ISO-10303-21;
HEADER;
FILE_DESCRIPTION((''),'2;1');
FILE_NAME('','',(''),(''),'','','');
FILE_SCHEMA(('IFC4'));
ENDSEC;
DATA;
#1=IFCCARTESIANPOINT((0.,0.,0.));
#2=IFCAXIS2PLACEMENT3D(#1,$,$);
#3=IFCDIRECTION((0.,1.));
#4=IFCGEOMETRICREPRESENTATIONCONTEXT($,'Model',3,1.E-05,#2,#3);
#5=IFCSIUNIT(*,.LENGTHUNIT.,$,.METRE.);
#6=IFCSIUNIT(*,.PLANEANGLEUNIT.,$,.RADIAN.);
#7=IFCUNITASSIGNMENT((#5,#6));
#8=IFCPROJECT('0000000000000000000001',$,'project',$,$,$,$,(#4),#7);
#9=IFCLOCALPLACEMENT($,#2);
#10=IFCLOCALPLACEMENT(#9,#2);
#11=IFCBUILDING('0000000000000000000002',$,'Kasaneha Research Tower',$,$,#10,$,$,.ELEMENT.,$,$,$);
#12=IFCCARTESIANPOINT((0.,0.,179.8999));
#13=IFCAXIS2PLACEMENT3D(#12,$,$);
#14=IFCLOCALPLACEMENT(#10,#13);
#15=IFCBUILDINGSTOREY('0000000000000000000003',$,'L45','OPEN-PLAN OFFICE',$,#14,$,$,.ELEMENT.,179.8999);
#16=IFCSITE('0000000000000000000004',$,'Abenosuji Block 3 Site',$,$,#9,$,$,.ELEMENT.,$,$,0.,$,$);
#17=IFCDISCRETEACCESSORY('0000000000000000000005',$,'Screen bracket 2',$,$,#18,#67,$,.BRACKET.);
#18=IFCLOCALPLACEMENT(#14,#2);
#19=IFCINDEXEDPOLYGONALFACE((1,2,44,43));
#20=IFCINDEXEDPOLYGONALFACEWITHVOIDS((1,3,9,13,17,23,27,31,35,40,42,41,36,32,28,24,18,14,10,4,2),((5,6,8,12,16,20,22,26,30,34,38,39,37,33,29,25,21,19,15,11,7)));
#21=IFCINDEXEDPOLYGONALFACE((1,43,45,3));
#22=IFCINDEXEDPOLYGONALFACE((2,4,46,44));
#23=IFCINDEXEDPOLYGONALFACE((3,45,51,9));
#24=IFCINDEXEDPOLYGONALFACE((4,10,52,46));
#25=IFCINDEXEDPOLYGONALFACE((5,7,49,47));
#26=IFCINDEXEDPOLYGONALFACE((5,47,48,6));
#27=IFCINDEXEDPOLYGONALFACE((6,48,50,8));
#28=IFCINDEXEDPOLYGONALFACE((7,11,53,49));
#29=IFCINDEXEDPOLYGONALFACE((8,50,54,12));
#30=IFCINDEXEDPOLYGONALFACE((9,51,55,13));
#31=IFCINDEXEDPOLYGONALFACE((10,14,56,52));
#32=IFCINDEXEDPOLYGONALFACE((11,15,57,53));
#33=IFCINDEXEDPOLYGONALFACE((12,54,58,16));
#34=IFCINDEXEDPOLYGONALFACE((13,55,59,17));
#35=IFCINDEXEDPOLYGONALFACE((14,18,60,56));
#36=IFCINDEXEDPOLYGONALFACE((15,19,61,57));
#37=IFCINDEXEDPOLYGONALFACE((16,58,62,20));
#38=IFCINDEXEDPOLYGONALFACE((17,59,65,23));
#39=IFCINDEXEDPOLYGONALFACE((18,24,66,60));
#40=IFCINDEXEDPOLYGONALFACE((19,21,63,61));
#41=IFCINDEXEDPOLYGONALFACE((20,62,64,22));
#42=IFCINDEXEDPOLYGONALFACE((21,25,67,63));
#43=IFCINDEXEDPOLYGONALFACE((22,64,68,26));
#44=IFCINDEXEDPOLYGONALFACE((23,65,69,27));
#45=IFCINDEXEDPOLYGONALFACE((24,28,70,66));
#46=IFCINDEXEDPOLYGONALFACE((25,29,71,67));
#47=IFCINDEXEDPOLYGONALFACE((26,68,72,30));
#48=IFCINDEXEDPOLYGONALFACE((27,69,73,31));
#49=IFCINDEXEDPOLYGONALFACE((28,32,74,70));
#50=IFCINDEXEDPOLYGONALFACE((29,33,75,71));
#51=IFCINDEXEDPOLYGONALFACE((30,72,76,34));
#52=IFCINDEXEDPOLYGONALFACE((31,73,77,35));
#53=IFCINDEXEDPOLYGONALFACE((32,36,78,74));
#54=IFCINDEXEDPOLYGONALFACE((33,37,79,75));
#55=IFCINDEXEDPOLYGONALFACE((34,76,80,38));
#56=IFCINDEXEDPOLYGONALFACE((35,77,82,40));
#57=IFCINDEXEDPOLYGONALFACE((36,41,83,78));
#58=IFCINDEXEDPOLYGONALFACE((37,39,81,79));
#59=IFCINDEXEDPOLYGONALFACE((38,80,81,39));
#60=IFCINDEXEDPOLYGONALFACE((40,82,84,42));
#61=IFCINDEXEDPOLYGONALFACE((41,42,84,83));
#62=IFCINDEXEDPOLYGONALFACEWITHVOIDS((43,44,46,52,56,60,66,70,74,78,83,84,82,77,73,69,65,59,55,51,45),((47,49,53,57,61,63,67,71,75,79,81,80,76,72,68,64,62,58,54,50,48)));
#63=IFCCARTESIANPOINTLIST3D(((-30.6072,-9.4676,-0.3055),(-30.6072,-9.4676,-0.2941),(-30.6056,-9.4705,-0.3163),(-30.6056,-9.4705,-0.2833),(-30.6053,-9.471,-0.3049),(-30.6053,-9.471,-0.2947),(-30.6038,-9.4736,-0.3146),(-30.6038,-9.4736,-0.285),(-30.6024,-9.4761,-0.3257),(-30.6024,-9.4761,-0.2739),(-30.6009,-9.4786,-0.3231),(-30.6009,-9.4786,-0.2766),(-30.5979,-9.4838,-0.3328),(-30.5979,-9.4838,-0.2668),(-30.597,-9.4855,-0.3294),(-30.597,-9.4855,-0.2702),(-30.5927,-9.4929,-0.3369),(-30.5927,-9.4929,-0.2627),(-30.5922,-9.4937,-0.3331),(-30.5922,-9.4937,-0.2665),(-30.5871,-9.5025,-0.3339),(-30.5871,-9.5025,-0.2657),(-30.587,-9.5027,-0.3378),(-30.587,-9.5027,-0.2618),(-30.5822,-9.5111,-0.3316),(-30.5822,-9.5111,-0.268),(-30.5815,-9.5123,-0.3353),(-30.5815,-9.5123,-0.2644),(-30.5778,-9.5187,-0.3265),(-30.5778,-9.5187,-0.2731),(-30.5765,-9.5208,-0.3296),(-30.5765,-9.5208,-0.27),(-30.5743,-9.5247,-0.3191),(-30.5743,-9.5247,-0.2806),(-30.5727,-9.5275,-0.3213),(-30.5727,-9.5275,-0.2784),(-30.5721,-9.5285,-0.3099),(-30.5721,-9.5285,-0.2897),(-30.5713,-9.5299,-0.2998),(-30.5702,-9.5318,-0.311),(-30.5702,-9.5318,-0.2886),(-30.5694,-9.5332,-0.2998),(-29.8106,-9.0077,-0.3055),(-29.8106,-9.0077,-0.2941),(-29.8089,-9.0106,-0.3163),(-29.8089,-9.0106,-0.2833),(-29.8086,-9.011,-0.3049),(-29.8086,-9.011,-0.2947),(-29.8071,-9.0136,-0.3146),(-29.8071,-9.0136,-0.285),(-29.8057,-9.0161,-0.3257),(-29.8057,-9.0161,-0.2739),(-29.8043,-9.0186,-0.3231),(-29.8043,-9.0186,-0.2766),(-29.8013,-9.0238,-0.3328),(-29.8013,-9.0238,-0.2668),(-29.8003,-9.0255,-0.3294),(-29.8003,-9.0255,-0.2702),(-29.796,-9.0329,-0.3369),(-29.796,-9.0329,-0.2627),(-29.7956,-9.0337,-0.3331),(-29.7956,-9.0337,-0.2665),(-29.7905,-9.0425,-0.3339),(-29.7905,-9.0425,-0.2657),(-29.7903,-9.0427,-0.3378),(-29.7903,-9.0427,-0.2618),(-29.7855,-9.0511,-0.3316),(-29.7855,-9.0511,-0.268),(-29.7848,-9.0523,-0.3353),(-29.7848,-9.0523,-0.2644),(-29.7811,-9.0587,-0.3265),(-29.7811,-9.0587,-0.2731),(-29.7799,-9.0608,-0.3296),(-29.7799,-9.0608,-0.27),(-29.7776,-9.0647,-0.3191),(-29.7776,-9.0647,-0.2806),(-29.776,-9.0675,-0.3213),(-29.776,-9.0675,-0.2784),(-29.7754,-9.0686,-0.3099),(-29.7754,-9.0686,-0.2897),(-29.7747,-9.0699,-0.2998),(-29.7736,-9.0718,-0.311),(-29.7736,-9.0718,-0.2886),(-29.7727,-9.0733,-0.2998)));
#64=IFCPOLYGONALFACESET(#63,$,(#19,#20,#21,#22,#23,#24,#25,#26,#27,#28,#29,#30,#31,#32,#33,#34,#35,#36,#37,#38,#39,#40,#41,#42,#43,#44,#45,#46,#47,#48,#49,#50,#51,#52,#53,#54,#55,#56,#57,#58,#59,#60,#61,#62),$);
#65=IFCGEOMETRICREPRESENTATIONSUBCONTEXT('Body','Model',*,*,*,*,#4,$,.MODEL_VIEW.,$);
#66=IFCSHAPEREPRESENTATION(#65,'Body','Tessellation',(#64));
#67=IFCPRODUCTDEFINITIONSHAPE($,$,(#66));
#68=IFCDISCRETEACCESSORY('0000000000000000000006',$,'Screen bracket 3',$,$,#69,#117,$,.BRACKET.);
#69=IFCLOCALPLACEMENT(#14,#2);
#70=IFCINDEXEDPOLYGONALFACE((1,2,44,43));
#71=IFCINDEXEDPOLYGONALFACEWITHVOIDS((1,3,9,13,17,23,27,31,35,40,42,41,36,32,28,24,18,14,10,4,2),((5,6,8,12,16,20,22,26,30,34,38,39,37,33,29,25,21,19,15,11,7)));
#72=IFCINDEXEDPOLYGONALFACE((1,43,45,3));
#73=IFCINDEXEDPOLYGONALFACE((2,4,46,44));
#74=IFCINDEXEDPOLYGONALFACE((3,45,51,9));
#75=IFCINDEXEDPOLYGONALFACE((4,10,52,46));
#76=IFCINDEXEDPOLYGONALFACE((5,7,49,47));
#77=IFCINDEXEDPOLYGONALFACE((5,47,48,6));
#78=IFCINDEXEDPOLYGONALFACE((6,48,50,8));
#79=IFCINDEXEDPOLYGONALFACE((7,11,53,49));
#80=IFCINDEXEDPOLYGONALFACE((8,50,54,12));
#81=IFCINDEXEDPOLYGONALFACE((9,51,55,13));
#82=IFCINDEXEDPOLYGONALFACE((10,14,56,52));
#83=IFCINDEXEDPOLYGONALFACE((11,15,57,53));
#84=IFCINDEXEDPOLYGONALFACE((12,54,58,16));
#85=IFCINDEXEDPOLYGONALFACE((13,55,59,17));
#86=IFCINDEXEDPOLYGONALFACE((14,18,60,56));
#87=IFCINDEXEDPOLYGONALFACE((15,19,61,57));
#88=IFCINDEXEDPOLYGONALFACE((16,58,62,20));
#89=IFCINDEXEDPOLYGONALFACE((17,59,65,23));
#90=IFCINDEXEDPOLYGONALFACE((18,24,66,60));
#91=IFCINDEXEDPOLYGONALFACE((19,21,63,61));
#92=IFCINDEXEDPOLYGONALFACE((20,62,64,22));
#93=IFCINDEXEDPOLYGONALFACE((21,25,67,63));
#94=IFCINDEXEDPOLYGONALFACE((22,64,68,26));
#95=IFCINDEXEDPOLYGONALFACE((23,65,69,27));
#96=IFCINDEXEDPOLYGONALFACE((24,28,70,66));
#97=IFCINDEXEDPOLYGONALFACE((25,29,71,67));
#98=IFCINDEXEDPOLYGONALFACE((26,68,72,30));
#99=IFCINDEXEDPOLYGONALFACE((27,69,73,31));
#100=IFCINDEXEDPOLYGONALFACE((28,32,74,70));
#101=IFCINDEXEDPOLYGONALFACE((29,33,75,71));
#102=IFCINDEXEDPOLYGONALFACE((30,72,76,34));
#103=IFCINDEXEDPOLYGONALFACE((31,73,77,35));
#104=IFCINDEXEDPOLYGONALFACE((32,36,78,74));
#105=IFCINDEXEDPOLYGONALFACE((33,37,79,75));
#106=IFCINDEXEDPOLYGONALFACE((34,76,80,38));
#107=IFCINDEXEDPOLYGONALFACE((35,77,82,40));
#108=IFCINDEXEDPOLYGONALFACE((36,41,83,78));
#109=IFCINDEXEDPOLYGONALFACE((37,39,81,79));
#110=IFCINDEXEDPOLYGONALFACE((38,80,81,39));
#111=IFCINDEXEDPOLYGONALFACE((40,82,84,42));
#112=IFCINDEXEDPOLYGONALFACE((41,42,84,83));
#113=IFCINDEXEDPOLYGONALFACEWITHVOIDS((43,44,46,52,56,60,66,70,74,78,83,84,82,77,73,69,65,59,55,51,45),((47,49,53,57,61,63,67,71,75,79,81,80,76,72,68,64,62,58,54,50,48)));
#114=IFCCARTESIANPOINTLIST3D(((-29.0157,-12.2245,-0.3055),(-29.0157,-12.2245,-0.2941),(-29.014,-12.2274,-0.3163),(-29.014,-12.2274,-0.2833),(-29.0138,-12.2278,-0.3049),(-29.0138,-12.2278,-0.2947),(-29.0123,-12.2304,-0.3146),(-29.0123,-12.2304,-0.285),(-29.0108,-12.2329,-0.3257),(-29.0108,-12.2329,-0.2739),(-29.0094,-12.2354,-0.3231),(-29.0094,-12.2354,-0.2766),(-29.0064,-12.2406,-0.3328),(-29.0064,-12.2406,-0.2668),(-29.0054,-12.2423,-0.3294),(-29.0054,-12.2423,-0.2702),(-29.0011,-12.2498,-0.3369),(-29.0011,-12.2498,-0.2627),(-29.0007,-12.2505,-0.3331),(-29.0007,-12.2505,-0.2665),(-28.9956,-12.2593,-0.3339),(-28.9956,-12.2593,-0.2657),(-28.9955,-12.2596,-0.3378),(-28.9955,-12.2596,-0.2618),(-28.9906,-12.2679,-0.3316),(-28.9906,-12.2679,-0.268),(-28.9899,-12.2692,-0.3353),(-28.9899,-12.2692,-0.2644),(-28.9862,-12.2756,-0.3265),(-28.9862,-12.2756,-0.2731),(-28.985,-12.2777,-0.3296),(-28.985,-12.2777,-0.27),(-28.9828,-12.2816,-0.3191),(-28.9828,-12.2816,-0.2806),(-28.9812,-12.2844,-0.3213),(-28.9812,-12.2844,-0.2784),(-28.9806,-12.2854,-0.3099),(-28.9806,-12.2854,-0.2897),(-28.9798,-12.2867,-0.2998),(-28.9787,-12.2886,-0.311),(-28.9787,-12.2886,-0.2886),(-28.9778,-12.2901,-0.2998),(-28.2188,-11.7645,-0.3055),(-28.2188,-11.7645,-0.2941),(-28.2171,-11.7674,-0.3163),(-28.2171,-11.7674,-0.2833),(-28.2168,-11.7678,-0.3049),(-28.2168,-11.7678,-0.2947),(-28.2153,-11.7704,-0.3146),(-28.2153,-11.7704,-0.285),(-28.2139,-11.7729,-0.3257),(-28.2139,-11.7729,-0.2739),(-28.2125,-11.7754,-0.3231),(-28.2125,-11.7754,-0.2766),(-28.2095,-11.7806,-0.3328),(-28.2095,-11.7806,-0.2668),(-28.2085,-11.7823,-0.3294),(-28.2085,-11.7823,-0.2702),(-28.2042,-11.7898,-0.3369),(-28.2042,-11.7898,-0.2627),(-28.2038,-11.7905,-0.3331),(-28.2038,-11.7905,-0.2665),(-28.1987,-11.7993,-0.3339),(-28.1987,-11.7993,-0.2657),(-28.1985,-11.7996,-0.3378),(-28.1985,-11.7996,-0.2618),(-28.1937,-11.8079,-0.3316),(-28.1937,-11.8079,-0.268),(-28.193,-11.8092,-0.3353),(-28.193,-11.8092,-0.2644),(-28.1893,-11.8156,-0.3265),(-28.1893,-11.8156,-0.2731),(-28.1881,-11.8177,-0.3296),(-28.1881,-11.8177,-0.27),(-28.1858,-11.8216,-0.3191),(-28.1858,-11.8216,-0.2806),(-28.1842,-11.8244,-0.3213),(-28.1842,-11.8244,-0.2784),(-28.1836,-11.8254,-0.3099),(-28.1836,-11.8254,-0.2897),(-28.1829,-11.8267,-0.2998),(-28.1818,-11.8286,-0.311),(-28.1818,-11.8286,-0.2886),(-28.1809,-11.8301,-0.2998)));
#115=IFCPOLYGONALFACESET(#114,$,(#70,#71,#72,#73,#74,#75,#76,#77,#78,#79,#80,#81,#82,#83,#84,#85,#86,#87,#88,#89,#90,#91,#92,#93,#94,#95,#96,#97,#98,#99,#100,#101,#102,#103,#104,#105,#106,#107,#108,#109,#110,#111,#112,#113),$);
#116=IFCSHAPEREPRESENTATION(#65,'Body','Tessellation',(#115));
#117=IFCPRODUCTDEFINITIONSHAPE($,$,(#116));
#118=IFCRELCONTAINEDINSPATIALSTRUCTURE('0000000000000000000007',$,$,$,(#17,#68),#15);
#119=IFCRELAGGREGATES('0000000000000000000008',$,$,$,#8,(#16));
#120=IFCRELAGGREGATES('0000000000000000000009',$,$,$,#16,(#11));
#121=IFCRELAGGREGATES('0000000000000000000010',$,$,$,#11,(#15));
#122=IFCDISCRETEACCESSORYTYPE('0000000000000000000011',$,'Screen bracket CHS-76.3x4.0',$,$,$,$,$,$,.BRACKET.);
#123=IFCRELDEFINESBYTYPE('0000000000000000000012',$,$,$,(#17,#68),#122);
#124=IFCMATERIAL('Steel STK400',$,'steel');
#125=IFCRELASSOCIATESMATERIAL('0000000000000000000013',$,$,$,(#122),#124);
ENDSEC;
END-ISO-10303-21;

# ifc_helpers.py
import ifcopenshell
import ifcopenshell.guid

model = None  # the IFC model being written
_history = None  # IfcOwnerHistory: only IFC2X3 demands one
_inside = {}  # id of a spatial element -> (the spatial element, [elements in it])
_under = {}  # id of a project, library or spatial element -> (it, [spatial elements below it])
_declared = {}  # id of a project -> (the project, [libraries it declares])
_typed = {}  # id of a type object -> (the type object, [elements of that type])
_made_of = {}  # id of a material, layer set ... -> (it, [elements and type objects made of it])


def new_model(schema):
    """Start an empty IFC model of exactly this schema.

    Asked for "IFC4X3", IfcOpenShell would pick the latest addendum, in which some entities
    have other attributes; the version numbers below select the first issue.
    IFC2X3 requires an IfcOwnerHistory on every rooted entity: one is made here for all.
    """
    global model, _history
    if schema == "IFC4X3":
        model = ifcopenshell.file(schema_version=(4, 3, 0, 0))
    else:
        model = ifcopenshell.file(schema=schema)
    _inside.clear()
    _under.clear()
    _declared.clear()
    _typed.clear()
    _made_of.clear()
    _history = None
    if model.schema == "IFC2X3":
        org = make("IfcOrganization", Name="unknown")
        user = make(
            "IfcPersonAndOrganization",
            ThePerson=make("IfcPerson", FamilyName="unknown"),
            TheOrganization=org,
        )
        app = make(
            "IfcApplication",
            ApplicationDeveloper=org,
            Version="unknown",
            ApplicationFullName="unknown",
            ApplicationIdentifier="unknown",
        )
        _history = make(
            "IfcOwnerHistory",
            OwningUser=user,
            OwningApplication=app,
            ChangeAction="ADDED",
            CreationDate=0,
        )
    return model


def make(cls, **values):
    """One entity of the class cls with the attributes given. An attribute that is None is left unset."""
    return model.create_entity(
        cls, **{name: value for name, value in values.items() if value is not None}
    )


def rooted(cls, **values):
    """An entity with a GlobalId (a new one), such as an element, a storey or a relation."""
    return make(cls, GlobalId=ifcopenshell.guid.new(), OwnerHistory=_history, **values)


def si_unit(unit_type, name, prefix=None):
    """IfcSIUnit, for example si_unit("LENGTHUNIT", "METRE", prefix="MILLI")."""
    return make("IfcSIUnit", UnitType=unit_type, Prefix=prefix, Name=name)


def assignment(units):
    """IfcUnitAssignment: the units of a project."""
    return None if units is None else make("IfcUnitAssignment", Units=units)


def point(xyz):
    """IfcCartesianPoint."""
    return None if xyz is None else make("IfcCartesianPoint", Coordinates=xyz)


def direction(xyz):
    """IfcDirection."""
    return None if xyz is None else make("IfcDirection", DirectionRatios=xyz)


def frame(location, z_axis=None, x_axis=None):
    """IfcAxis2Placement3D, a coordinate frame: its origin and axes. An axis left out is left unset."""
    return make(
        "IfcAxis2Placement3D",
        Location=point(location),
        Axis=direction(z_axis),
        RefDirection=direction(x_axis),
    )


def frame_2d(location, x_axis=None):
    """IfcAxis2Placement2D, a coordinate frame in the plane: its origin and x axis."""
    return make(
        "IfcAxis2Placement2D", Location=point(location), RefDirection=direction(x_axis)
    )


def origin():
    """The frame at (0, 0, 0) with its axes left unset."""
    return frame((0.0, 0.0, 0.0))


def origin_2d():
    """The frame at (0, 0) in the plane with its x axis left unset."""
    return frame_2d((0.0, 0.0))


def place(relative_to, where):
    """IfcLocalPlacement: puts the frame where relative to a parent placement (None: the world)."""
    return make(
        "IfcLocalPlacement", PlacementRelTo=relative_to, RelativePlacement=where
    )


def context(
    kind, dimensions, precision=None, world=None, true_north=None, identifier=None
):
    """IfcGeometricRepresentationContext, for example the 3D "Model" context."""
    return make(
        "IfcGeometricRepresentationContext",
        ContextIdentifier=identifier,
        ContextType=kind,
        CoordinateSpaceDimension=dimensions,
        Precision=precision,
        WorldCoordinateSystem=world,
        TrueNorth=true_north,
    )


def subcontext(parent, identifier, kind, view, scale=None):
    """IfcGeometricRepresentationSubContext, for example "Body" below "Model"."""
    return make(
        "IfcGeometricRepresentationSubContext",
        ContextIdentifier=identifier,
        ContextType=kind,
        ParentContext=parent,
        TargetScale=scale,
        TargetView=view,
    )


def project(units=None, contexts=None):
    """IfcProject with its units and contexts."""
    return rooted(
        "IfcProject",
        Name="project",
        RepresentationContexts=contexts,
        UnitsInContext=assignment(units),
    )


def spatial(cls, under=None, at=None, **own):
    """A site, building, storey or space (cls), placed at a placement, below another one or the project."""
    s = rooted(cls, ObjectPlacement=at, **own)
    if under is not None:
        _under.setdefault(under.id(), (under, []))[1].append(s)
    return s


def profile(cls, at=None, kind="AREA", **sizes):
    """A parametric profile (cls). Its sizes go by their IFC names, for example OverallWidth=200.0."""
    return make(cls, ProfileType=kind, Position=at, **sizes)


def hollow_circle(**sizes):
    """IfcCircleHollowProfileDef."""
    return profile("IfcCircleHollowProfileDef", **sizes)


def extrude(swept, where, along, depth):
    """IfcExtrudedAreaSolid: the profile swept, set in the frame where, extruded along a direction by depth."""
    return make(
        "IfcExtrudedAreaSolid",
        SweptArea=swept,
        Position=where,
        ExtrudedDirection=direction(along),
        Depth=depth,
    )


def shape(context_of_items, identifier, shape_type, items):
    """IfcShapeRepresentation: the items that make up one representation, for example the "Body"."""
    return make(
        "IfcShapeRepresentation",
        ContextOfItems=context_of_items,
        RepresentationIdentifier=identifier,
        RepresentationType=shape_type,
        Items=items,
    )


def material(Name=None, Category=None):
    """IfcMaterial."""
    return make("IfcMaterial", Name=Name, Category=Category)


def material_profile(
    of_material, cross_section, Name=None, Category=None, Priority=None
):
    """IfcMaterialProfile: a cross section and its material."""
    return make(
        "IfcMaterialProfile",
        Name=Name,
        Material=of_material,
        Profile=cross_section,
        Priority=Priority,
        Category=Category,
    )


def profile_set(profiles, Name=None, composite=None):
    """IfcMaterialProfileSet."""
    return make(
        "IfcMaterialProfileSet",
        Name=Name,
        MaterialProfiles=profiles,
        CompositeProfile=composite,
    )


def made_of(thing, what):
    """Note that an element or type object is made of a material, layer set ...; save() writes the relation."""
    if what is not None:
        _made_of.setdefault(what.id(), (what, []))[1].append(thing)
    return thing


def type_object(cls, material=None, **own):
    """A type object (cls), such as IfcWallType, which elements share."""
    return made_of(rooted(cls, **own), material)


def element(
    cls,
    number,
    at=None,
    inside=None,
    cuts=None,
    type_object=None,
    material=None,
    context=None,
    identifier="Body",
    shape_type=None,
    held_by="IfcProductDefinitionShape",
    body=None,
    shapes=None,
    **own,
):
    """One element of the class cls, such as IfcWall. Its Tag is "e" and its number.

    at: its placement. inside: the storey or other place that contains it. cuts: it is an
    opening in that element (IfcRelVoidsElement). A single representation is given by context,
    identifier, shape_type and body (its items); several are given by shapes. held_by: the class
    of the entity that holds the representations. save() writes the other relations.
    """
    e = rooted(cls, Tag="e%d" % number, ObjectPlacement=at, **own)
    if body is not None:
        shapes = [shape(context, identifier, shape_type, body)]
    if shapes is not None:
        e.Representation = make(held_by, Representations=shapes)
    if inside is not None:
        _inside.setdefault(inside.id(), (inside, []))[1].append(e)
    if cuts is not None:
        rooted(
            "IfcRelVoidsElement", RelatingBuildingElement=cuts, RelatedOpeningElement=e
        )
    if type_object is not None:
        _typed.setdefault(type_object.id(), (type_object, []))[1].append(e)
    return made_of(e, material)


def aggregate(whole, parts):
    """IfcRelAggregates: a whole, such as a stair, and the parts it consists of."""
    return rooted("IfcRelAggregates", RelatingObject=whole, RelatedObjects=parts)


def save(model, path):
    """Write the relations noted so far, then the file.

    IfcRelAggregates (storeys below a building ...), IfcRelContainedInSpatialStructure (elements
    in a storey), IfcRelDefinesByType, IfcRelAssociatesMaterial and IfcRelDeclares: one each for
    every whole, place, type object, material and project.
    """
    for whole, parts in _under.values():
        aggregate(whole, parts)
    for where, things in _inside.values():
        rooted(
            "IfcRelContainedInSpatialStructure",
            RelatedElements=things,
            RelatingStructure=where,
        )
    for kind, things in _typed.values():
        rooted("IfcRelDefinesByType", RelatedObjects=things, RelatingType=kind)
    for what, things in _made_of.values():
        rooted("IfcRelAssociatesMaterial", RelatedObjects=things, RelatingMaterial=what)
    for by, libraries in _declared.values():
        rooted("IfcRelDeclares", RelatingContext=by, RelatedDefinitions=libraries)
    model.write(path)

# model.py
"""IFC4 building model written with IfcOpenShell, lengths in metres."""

from ifc_helpers import new_model, si_unit, direction, frame, origin, origin_2d, place, context, subcontext, project, spatial, hollow_circle, extrude, material, material_profile, profile_set, type_object, element, save


model = new_model("IFC4")

# Units and contexts
model_context = context("Model", 3, precision=1e-05, world=origin(), true_north=direction((0.0, 1.0)))
body_context = subcontext(model_context, "Body", "Model", "MODEL_VIEW")
ifc_project = project(units=[si_unit("LENGTHUNIT", "METRE"), si_unit("PLANEANGLEUNIT", "RADIAN")], contexts=[model_context])

# Site, building, storey
site_placement = place(None, origin())
site = spatial("IfcSite", under=ifc_project, at=site_placement, Name="Abenosuji Block 3 Site", CompositionType="ELEMENT", RefElevation=0.0)
building_placement = place(site_placement, origin())
building = spatial("IfcBuilding", under=site, at=building_placement, Name="Kasaneha Research Tower", CompositionType="ELEMENT")
storey_placement = place(building_placement, frame((0.0, 0.0, 179.8999)))
storey = spatial("IfcBuildingStorey", under=building, at=storey_placement, Name="L45", Description="OPEN-PLAN OFFICE", CompositionType="ELEMENT", Elevation=179.8999)

# Discrete accessories
ifc_material_1 = material(Name="Steel STK400", Category="steel")
ifc_material_profile_1 = material_profile(ifc_material_1, hollow_circle(Radius=0.0381, WallThickness=0.0039, at=origin_2d()), Name="CHS-76.3x4.0")
ifc_profile_set_1 = profile_set([ifc_material_profile_1], Name="Steel STK400")
discrete_accessory_type = type_object("IfcDiscreteAccessoryType", Name="Screen bracket CHS-76.3x4.0", PredefinedType="BRACKET", material=ifc_profile_set_1)
discrete_accessory_1_placement = place(storey_placement, frame((-29.7917, -9.0403, -0.2998), z_axis=(-0.866013, -0.500021, 0.0), x_axis=(0.500021, -0.866013, 0.0)))
element("IfcDiscreteAccessory", 1, at=discrete_accessory_1_placement, inside=storey, type_object=discrete_accessory_type, Name="Screen bracket 2", PredefinedType="BRACKET", context=body_context, shape_type="SweptSolid", body=[
    extrude(hollow_circle(Radius=0.0381, WallThickness=0.0039, at=origin_2d()), origin(), (0.0, 0.0, 1.0), 0.9199),
])
discrete_accessory_2_placement = place(storey_placement, frame((-28.2, -11.7971, -0.2998), z_axis=(-0.86608, -0.499906, 0.0), x_axis=(0.499906, -0.86608, 0.0)))
element("IfcDiscreteAccessory", 2, at=discrete_accessory_2_placement, inside=storey, type_object=discrete_accessory_type, Name="Screen bracket 3", PredefinedType="BRACKET", context=body_context, shape_type="SweptSolid", body=[
    extrude(hollow_circle(Radius=0.0381, WallThickness=0.0039, at=origin_2d()), origin(), (0.0, 0.0, 1.0), 0.9202),
])

save(model, "model.ifc")
